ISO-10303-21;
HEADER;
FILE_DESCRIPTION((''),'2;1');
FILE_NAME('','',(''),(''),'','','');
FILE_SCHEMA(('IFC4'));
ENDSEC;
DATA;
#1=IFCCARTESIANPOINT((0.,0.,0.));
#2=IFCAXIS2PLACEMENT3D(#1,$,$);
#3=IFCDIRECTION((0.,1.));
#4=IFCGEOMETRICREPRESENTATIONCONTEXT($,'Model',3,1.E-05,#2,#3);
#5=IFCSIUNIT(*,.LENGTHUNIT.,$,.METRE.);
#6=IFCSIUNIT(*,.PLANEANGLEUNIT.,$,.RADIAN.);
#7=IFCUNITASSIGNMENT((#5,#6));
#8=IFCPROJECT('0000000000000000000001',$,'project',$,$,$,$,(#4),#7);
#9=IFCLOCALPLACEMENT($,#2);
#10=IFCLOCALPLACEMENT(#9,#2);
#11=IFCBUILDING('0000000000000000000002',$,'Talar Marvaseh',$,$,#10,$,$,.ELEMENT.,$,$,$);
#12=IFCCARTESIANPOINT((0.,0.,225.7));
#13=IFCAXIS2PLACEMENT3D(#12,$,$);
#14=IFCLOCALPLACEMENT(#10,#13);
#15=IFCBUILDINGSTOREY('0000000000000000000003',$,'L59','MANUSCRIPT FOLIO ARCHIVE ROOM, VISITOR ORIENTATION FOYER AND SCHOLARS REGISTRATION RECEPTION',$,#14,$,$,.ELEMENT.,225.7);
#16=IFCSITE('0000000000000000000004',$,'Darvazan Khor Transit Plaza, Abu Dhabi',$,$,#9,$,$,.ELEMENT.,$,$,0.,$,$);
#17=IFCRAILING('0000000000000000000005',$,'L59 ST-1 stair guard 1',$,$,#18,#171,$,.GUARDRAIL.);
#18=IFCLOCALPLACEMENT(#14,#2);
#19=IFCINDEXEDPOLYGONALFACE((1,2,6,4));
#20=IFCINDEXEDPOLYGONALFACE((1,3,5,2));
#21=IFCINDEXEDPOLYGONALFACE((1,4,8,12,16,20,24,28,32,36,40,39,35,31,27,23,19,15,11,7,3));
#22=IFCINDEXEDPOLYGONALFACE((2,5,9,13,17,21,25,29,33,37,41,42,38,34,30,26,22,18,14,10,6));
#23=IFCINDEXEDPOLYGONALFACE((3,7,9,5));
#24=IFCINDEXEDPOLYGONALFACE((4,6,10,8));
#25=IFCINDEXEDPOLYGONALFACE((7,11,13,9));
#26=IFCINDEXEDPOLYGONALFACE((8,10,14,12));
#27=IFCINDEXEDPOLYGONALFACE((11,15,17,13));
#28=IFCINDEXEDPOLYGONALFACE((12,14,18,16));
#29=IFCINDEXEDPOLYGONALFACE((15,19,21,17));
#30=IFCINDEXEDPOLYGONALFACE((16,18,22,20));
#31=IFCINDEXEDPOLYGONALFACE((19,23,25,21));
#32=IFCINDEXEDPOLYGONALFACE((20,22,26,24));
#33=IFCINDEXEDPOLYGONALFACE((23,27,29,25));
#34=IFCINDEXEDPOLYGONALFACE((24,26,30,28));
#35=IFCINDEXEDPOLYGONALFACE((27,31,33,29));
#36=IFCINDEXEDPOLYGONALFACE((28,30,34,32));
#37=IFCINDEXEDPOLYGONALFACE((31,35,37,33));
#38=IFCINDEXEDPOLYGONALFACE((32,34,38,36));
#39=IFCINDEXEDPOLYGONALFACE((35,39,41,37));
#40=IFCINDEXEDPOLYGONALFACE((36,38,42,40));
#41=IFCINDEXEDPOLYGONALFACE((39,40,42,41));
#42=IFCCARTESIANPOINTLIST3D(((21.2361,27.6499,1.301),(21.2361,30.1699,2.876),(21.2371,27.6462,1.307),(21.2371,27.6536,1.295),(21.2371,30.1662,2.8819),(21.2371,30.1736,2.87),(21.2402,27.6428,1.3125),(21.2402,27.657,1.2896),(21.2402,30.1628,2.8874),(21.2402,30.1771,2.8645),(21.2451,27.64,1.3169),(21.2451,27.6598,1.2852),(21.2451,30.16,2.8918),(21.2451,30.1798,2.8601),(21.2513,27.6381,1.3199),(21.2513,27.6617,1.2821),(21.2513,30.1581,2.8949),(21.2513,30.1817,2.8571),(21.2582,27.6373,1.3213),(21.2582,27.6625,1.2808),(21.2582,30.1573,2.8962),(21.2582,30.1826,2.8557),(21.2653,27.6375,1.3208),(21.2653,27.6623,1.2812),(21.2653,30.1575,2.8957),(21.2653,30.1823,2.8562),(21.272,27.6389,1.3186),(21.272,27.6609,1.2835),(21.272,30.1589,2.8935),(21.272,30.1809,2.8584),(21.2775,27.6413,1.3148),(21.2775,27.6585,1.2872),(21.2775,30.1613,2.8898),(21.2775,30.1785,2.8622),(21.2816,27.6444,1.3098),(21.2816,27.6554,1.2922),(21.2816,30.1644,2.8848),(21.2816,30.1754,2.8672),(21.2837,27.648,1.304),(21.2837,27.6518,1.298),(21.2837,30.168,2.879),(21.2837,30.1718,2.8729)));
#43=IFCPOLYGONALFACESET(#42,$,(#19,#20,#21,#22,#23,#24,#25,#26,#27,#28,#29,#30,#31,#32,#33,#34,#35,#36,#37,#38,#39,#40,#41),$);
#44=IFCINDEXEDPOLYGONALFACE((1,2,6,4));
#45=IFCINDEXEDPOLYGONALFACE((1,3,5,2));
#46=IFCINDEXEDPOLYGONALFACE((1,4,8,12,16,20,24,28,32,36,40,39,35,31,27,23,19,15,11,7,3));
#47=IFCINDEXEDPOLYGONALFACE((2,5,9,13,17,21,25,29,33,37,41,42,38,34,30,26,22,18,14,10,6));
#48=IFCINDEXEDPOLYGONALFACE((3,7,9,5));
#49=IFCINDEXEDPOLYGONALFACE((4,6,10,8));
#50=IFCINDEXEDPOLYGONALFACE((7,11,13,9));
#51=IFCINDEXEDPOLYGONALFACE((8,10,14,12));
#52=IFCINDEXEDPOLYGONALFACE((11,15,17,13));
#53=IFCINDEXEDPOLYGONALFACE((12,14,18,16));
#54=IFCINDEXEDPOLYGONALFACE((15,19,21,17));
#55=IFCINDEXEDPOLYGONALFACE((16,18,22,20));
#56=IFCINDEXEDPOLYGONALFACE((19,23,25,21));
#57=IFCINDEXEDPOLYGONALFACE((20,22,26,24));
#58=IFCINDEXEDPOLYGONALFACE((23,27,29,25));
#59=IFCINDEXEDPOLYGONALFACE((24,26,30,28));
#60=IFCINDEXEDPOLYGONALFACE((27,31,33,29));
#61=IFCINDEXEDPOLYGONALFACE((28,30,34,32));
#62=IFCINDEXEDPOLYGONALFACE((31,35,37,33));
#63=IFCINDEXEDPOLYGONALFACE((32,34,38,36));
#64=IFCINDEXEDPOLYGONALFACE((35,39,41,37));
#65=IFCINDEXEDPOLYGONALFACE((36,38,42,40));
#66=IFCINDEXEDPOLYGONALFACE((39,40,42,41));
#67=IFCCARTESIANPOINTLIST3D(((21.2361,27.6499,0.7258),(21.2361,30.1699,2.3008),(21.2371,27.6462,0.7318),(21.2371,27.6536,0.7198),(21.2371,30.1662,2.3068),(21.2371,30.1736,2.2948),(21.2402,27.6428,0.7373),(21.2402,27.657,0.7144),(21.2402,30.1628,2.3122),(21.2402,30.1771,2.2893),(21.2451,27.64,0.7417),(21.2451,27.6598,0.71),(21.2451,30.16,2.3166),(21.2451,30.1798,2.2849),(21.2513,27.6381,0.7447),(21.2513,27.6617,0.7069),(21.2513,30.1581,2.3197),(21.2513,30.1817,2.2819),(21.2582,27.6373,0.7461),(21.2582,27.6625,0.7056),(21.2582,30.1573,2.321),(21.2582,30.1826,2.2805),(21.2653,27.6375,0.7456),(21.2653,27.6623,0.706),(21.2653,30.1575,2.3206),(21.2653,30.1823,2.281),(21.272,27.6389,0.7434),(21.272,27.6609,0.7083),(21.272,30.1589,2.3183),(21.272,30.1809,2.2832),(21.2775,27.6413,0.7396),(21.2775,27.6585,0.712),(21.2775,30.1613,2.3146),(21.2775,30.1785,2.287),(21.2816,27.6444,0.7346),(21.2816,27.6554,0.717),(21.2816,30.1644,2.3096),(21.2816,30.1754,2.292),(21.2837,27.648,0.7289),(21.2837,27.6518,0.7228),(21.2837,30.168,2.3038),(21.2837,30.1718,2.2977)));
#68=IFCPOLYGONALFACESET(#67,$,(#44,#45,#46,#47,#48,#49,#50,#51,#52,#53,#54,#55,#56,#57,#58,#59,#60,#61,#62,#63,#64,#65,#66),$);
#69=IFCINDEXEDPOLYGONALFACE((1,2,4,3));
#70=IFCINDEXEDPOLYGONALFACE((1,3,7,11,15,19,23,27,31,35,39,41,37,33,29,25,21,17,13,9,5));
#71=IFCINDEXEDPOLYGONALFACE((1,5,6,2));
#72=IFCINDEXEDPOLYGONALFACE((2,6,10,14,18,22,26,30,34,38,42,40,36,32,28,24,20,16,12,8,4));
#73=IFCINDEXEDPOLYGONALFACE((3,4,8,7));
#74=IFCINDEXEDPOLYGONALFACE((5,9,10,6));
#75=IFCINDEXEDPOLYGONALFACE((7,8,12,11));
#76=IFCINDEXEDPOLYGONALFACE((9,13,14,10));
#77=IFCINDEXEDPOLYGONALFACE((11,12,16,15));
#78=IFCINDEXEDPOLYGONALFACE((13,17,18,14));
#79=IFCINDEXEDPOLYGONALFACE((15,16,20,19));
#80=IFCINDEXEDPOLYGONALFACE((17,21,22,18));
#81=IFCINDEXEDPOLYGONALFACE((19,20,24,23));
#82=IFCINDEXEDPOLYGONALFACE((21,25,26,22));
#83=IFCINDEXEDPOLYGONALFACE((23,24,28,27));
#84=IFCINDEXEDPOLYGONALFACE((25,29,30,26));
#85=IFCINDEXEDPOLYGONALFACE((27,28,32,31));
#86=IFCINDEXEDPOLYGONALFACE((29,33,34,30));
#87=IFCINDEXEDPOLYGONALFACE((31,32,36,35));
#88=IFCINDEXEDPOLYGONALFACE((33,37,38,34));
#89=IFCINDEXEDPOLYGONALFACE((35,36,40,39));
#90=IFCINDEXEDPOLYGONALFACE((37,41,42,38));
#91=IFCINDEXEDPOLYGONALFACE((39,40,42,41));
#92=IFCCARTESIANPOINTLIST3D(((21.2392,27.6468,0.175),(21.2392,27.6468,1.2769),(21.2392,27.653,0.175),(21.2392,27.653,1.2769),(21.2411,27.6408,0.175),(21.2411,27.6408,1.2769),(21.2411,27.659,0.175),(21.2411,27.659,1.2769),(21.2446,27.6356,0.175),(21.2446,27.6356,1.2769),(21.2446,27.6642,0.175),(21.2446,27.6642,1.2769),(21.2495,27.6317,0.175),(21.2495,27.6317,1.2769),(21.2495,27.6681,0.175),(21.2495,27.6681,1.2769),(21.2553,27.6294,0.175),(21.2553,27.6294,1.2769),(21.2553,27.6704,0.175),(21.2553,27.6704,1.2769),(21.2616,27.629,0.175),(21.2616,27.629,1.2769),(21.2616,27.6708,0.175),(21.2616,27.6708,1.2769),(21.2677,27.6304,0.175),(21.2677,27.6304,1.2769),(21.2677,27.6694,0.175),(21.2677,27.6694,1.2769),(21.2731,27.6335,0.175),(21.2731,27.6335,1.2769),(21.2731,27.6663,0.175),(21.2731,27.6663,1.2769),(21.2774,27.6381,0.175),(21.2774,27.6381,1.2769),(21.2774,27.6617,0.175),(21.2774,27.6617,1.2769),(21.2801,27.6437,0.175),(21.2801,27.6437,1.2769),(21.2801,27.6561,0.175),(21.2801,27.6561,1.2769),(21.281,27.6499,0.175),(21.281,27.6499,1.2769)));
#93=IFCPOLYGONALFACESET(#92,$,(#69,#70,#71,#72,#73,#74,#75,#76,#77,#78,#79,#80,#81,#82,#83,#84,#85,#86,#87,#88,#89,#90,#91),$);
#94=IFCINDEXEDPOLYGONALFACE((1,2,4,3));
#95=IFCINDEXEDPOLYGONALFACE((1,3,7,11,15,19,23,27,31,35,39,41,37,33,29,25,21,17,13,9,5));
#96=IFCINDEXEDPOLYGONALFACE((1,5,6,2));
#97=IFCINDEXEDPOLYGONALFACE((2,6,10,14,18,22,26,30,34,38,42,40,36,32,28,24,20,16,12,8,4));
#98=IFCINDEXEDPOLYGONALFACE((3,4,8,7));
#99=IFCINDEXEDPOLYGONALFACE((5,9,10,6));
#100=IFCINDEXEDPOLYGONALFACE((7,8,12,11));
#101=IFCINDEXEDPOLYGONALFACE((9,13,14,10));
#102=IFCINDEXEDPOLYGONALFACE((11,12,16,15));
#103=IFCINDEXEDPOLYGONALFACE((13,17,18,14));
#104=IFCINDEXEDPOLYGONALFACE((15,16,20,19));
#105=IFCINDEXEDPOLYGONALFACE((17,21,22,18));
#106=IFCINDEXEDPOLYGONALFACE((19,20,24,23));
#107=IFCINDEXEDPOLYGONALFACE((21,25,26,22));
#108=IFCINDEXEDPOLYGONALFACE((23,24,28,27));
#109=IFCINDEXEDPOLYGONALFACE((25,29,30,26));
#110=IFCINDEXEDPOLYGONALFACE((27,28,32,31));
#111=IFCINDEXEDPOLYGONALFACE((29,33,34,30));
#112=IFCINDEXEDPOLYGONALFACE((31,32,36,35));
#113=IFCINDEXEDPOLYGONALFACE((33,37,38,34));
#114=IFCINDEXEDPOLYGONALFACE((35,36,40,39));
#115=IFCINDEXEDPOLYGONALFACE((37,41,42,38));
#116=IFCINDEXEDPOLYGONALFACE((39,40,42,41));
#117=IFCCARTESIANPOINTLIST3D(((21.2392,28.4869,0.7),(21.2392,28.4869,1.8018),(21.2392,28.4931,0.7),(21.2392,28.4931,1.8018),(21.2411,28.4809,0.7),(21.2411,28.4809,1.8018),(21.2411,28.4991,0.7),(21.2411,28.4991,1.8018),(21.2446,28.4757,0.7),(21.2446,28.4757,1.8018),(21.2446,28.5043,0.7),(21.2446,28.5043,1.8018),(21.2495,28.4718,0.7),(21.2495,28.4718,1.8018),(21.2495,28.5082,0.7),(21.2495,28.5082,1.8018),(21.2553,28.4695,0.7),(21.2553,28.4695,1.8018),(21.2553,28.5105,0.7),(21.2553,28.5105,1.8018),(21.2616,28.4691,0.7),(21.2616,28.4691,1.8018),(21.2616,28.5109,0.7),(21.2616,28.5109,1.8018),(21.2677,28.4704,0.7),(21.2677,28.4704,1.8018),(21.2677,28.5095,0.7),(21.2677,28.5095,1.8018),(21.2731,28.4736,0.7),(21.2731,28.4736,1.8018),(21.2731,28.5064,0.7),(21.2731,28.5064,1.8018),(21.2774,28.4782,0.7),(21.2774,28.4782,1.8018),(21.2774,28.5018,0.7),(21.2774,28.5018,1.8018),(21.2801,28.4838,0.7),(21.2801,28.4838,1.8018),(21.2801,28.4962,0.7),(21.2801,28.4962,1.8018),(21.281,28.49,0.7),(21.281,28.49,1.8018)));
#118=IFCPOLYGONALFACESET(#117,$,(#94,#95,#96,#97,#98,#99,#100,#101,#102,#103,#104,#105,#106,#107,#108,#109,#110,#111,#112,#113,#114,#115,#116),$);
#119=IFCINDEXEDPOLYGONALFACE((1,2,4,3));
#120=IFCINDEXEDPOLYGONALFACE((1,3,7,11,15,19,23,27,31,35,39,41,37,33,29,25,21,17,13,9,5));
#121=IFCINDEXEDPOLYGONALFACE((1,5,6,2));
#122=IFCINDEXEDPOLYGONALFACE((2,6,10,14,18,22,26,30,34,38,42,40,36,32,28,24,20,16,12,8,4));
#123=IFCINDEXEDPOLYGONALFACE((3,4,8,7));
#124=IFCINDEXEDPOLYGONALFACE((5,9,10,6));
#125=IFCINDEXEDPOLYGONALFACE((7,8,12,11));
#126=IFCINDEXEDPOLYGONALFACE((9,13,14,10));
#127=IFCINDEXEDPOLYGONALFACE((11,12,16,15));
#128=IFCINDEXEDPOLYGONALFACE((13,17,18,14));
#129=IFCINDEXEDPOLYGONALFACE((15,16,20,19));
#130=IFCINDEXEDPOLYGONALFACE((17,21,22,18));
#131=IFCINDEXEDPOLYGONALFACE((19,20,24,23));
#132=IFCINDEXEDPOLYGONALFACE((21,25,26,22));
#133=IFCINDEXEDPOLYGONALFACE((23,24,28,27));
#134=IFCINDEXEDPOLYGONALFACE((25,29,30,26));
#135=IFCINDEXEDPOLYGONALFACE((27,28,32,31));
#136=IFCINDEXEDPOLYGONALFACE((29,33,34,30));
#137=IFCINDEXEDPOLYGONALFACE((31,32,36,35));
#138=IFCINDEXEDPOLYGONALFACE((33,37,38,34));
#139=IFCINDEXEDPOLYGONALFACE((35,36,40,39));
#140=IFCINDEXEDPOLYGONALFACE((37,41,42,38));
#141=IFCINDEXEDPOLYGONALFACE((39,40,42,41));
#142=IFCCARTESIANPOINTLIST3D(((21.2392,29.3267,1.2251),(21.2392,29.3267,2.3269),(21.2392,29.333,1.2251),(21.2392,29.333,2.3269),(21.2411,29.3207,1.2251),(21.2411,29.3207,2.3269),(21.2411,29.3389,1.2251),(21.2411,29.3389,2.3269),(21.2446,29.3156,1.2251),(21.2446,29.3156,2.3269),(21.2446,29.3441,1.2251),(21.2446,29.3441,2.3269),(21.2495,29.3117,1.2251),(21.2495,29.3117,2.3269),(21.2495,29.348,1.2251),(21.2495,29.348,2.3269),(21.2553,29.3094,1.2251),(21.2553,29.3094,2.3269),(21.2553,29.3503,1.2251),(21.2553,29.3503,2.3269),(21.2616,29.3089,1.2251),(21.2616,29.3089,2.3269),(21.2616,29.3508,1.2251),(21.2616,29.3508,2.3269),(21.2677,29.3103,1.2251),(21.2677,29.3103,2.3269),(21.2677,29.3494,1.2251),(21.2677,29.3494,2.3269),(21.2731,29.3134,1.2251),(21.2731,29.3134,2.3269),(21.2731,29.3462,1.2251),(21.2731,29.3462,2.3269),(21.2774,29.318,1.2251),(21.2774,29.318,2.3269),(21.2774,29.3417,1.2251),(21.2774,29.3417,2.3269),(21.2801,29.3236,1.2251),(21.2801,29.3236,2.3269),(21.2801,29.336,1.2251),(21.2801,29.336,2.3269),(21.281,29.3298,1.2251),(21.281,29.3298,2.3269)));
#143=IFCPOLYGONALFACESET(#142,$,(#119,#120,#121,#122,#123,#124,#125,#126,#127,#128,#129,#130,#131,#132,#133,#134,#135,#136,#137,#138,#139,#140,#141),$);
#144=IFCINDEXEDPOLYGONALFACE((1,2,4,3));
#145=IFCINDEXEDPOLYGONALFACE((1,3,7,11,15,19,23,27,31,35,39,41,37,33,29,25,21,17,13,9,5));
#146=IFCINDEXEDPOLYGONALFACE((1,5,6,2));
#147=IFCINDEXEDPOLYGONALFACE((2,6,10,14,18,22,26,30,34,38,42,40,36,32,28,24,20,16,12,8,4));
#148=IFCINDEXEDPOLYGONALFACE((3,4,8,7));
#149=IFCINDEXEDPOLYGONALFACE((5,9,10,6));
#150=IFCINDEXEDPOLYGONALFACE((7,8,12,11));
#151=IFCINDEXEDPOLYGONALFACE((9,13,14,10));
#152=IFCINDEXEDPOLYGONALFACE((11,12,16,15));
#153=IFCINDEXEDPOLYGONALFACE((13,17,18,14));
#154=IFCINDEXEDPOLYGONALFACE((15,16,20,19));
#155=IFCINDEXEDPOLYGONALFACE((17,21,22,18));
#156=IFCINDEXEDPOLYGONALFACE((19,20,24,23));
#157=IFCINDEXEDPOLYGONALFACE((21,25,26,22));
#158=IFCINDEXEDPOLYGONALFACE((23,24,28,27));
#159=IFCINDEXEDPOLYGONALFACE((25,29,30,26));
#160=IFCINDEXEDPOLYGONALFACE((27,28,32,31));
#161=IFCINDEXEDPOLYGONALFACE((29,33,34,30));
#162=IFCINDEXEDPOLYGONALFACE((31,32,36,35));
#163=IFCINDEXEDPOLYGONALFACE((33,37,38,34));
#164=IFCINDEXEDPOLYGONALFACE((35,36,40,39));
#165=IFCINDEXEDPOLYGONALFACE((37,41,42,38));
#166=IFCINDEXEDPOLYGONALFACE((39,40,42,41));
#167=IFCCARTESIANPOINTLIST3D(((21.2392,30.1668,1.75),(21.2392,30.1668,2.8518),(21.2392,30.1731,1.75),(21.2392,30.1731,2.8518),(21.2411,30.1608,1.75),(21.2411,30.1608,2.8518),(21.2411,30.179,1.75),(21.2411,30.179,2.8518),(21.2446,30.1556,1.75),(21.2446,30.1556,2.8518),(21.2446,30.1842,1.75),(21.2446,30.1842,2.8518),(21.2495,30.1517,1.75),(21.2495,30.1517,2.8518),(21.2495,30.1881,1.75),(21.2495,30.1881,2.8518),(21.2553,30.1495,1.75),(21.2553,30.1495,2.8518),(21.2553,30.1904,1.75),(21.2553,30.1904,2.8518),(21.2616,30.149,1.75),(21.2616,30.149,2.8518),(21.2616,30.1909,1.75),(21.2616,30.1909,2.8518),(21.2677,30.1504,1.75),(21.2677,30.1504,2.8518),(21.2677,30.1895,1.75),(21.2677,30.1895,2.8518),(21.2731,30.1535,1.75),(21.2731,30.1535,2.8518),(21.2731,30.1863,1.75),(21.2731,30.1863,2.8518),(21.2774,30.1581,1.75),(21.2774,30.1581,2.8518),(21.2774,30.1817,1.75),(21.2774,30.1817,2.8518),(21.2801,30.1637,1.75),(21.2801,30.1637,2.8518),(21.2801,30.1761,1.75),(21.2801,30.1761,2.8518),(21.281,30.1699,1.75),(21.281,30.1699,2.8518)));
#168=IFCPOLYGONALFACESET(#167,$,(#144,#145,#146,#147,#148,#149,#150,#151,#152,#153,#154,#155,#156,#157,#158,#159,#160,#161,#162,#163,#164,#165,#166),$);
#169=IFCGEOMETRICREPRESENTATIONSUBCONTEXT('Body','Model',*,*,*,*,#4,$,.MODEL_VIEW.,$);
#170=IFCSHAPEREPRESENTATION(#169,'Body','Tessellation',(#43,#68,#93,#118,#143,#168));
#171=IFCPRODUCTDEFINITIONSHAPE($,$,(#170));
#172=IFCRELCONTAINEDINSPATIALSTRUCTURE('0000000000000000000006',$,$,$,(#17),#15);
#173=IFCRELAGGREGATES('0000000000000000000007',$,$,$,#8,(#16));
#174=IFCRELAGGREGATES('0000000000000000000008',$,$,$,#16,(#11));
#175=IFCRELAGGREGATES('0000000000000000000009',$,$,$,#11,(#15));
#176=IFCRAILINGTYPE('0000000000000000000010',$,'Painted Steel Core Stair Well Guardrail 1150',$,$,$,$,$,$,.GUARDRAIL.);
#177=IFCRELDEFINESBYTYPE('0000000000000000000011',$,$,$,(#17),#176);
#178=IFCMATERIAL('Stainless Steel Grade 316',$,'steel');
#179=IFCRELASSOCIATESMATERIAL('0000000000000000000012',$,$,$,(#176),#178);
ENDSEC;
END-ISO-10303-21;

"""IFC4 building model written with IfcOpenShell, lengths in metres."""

from ifc_helpers import new_model, si_unit, direction, frame, origin, origin_2d, place, context, subcontext, project, spatial, circle, extrude, material, type_object, element, save


model = new_model("IFC4")

# Units and contexts
model_context = context("Model", 3, precision=1e-05, world=origin(), true_north=direction((0.0, 1.0)))
body_context = subcontext(model_context, "Body", "Model", "MODEL_VIEW")
ifc_project = project(units=[si_unit("LENGTHUNIT", "METRE"), si_unit("PLANEANGLEUNIT", "RADIAN")], contexts=[model_context])

# Site, building, storey
site_placement = place(None, origin())
site = spatial("IfcSite", under=ifc_project, at=site_placement, Name="Darvazan Khor Transit Plaza, Abu Dhabi", CompositionType="ELEMENT", RefElevation=0.0)
building_placement = place(site_placement, origin())
building = spatial("IfcBuilding", under=site, at=building_placement, Name="Talar Marvaseh", CompositionType="ELEMENT")
storey_placement = place(building_placement, frame((0.0, 0.0, 225.7)))
storey = spatial("IfcBuildingStorey", under=building, at=storey_placement, Name="L59", Description="MANUSCRIPT FOLIO ARCHIVE ROOM, VISITOR ORIENTATION FOYER AND SCHOLARS REGISTRATION RECEPTION", CompositionType="ELEMENT", Elevation=225.7)

# Railing
ifc_material_1 = material(Name="Stainless Steel Grade 316", Category="steel")
railing_type_1 = type_object("IfcRailingType", Name="Painted Steel Core Stair Well Guardrail 1150", PredefinedType="GUARDRAIL", material=ifc_material_1)
railing_1_placement = place(storey_placement, frame((21.26, 27.6499, 0.175)))
element("IfcRailing", 1, at=railing_1_placement, inside=storey, type_object=railing_type_1, Name="L59 ST-1 stair guard 1", PredefinedType="GUARDRAIL", context=body_context, shape_type="SweptSolid", body=[
    extrude(circle(Radius=0.0239, at=origin_2d()), frame((0.0, 0.0, 1.126), z_axis=(0.0, 0.848008, 0.529984), x_axis=(-1.0, 0.0, 0.0)), (0.0, 0.0, 1.0), 2.9717),
    extrude(circle(Radius=0.0239, at=origin_2d()), frame((0.0, 0.0, 0.5508), z_axis=(0.0, 0.848008, 0.529984), x_axis=(-1.0, 0.0, 0.0)), (0.0, 0.0, 1.0), 2.9717),
    extrude(circle(Radius=0.021, at=origin_2d()), origin(), (0.0, 0.0, 1.0), 1.1018),
    extrude(circle(Radius=0.021, at=origin_2d()), frame((0.0, 0.8401, 0.5249)), (0.0, 0.0, 1.0), 1.1018),
    extrude(circle(Radius=0.021, at=origin_2d()), frame((0.0, 1.6799, 1.05)), (0.0, 0.0, 1.0), 1.1018),
    extrude(circle(Radius=0.021, at=origin_2d()), frame((0.0, 2.52, 1.575)), (0.0, 0.0, 1.0), 1.1018),
])

save(model, "model.ifc")
